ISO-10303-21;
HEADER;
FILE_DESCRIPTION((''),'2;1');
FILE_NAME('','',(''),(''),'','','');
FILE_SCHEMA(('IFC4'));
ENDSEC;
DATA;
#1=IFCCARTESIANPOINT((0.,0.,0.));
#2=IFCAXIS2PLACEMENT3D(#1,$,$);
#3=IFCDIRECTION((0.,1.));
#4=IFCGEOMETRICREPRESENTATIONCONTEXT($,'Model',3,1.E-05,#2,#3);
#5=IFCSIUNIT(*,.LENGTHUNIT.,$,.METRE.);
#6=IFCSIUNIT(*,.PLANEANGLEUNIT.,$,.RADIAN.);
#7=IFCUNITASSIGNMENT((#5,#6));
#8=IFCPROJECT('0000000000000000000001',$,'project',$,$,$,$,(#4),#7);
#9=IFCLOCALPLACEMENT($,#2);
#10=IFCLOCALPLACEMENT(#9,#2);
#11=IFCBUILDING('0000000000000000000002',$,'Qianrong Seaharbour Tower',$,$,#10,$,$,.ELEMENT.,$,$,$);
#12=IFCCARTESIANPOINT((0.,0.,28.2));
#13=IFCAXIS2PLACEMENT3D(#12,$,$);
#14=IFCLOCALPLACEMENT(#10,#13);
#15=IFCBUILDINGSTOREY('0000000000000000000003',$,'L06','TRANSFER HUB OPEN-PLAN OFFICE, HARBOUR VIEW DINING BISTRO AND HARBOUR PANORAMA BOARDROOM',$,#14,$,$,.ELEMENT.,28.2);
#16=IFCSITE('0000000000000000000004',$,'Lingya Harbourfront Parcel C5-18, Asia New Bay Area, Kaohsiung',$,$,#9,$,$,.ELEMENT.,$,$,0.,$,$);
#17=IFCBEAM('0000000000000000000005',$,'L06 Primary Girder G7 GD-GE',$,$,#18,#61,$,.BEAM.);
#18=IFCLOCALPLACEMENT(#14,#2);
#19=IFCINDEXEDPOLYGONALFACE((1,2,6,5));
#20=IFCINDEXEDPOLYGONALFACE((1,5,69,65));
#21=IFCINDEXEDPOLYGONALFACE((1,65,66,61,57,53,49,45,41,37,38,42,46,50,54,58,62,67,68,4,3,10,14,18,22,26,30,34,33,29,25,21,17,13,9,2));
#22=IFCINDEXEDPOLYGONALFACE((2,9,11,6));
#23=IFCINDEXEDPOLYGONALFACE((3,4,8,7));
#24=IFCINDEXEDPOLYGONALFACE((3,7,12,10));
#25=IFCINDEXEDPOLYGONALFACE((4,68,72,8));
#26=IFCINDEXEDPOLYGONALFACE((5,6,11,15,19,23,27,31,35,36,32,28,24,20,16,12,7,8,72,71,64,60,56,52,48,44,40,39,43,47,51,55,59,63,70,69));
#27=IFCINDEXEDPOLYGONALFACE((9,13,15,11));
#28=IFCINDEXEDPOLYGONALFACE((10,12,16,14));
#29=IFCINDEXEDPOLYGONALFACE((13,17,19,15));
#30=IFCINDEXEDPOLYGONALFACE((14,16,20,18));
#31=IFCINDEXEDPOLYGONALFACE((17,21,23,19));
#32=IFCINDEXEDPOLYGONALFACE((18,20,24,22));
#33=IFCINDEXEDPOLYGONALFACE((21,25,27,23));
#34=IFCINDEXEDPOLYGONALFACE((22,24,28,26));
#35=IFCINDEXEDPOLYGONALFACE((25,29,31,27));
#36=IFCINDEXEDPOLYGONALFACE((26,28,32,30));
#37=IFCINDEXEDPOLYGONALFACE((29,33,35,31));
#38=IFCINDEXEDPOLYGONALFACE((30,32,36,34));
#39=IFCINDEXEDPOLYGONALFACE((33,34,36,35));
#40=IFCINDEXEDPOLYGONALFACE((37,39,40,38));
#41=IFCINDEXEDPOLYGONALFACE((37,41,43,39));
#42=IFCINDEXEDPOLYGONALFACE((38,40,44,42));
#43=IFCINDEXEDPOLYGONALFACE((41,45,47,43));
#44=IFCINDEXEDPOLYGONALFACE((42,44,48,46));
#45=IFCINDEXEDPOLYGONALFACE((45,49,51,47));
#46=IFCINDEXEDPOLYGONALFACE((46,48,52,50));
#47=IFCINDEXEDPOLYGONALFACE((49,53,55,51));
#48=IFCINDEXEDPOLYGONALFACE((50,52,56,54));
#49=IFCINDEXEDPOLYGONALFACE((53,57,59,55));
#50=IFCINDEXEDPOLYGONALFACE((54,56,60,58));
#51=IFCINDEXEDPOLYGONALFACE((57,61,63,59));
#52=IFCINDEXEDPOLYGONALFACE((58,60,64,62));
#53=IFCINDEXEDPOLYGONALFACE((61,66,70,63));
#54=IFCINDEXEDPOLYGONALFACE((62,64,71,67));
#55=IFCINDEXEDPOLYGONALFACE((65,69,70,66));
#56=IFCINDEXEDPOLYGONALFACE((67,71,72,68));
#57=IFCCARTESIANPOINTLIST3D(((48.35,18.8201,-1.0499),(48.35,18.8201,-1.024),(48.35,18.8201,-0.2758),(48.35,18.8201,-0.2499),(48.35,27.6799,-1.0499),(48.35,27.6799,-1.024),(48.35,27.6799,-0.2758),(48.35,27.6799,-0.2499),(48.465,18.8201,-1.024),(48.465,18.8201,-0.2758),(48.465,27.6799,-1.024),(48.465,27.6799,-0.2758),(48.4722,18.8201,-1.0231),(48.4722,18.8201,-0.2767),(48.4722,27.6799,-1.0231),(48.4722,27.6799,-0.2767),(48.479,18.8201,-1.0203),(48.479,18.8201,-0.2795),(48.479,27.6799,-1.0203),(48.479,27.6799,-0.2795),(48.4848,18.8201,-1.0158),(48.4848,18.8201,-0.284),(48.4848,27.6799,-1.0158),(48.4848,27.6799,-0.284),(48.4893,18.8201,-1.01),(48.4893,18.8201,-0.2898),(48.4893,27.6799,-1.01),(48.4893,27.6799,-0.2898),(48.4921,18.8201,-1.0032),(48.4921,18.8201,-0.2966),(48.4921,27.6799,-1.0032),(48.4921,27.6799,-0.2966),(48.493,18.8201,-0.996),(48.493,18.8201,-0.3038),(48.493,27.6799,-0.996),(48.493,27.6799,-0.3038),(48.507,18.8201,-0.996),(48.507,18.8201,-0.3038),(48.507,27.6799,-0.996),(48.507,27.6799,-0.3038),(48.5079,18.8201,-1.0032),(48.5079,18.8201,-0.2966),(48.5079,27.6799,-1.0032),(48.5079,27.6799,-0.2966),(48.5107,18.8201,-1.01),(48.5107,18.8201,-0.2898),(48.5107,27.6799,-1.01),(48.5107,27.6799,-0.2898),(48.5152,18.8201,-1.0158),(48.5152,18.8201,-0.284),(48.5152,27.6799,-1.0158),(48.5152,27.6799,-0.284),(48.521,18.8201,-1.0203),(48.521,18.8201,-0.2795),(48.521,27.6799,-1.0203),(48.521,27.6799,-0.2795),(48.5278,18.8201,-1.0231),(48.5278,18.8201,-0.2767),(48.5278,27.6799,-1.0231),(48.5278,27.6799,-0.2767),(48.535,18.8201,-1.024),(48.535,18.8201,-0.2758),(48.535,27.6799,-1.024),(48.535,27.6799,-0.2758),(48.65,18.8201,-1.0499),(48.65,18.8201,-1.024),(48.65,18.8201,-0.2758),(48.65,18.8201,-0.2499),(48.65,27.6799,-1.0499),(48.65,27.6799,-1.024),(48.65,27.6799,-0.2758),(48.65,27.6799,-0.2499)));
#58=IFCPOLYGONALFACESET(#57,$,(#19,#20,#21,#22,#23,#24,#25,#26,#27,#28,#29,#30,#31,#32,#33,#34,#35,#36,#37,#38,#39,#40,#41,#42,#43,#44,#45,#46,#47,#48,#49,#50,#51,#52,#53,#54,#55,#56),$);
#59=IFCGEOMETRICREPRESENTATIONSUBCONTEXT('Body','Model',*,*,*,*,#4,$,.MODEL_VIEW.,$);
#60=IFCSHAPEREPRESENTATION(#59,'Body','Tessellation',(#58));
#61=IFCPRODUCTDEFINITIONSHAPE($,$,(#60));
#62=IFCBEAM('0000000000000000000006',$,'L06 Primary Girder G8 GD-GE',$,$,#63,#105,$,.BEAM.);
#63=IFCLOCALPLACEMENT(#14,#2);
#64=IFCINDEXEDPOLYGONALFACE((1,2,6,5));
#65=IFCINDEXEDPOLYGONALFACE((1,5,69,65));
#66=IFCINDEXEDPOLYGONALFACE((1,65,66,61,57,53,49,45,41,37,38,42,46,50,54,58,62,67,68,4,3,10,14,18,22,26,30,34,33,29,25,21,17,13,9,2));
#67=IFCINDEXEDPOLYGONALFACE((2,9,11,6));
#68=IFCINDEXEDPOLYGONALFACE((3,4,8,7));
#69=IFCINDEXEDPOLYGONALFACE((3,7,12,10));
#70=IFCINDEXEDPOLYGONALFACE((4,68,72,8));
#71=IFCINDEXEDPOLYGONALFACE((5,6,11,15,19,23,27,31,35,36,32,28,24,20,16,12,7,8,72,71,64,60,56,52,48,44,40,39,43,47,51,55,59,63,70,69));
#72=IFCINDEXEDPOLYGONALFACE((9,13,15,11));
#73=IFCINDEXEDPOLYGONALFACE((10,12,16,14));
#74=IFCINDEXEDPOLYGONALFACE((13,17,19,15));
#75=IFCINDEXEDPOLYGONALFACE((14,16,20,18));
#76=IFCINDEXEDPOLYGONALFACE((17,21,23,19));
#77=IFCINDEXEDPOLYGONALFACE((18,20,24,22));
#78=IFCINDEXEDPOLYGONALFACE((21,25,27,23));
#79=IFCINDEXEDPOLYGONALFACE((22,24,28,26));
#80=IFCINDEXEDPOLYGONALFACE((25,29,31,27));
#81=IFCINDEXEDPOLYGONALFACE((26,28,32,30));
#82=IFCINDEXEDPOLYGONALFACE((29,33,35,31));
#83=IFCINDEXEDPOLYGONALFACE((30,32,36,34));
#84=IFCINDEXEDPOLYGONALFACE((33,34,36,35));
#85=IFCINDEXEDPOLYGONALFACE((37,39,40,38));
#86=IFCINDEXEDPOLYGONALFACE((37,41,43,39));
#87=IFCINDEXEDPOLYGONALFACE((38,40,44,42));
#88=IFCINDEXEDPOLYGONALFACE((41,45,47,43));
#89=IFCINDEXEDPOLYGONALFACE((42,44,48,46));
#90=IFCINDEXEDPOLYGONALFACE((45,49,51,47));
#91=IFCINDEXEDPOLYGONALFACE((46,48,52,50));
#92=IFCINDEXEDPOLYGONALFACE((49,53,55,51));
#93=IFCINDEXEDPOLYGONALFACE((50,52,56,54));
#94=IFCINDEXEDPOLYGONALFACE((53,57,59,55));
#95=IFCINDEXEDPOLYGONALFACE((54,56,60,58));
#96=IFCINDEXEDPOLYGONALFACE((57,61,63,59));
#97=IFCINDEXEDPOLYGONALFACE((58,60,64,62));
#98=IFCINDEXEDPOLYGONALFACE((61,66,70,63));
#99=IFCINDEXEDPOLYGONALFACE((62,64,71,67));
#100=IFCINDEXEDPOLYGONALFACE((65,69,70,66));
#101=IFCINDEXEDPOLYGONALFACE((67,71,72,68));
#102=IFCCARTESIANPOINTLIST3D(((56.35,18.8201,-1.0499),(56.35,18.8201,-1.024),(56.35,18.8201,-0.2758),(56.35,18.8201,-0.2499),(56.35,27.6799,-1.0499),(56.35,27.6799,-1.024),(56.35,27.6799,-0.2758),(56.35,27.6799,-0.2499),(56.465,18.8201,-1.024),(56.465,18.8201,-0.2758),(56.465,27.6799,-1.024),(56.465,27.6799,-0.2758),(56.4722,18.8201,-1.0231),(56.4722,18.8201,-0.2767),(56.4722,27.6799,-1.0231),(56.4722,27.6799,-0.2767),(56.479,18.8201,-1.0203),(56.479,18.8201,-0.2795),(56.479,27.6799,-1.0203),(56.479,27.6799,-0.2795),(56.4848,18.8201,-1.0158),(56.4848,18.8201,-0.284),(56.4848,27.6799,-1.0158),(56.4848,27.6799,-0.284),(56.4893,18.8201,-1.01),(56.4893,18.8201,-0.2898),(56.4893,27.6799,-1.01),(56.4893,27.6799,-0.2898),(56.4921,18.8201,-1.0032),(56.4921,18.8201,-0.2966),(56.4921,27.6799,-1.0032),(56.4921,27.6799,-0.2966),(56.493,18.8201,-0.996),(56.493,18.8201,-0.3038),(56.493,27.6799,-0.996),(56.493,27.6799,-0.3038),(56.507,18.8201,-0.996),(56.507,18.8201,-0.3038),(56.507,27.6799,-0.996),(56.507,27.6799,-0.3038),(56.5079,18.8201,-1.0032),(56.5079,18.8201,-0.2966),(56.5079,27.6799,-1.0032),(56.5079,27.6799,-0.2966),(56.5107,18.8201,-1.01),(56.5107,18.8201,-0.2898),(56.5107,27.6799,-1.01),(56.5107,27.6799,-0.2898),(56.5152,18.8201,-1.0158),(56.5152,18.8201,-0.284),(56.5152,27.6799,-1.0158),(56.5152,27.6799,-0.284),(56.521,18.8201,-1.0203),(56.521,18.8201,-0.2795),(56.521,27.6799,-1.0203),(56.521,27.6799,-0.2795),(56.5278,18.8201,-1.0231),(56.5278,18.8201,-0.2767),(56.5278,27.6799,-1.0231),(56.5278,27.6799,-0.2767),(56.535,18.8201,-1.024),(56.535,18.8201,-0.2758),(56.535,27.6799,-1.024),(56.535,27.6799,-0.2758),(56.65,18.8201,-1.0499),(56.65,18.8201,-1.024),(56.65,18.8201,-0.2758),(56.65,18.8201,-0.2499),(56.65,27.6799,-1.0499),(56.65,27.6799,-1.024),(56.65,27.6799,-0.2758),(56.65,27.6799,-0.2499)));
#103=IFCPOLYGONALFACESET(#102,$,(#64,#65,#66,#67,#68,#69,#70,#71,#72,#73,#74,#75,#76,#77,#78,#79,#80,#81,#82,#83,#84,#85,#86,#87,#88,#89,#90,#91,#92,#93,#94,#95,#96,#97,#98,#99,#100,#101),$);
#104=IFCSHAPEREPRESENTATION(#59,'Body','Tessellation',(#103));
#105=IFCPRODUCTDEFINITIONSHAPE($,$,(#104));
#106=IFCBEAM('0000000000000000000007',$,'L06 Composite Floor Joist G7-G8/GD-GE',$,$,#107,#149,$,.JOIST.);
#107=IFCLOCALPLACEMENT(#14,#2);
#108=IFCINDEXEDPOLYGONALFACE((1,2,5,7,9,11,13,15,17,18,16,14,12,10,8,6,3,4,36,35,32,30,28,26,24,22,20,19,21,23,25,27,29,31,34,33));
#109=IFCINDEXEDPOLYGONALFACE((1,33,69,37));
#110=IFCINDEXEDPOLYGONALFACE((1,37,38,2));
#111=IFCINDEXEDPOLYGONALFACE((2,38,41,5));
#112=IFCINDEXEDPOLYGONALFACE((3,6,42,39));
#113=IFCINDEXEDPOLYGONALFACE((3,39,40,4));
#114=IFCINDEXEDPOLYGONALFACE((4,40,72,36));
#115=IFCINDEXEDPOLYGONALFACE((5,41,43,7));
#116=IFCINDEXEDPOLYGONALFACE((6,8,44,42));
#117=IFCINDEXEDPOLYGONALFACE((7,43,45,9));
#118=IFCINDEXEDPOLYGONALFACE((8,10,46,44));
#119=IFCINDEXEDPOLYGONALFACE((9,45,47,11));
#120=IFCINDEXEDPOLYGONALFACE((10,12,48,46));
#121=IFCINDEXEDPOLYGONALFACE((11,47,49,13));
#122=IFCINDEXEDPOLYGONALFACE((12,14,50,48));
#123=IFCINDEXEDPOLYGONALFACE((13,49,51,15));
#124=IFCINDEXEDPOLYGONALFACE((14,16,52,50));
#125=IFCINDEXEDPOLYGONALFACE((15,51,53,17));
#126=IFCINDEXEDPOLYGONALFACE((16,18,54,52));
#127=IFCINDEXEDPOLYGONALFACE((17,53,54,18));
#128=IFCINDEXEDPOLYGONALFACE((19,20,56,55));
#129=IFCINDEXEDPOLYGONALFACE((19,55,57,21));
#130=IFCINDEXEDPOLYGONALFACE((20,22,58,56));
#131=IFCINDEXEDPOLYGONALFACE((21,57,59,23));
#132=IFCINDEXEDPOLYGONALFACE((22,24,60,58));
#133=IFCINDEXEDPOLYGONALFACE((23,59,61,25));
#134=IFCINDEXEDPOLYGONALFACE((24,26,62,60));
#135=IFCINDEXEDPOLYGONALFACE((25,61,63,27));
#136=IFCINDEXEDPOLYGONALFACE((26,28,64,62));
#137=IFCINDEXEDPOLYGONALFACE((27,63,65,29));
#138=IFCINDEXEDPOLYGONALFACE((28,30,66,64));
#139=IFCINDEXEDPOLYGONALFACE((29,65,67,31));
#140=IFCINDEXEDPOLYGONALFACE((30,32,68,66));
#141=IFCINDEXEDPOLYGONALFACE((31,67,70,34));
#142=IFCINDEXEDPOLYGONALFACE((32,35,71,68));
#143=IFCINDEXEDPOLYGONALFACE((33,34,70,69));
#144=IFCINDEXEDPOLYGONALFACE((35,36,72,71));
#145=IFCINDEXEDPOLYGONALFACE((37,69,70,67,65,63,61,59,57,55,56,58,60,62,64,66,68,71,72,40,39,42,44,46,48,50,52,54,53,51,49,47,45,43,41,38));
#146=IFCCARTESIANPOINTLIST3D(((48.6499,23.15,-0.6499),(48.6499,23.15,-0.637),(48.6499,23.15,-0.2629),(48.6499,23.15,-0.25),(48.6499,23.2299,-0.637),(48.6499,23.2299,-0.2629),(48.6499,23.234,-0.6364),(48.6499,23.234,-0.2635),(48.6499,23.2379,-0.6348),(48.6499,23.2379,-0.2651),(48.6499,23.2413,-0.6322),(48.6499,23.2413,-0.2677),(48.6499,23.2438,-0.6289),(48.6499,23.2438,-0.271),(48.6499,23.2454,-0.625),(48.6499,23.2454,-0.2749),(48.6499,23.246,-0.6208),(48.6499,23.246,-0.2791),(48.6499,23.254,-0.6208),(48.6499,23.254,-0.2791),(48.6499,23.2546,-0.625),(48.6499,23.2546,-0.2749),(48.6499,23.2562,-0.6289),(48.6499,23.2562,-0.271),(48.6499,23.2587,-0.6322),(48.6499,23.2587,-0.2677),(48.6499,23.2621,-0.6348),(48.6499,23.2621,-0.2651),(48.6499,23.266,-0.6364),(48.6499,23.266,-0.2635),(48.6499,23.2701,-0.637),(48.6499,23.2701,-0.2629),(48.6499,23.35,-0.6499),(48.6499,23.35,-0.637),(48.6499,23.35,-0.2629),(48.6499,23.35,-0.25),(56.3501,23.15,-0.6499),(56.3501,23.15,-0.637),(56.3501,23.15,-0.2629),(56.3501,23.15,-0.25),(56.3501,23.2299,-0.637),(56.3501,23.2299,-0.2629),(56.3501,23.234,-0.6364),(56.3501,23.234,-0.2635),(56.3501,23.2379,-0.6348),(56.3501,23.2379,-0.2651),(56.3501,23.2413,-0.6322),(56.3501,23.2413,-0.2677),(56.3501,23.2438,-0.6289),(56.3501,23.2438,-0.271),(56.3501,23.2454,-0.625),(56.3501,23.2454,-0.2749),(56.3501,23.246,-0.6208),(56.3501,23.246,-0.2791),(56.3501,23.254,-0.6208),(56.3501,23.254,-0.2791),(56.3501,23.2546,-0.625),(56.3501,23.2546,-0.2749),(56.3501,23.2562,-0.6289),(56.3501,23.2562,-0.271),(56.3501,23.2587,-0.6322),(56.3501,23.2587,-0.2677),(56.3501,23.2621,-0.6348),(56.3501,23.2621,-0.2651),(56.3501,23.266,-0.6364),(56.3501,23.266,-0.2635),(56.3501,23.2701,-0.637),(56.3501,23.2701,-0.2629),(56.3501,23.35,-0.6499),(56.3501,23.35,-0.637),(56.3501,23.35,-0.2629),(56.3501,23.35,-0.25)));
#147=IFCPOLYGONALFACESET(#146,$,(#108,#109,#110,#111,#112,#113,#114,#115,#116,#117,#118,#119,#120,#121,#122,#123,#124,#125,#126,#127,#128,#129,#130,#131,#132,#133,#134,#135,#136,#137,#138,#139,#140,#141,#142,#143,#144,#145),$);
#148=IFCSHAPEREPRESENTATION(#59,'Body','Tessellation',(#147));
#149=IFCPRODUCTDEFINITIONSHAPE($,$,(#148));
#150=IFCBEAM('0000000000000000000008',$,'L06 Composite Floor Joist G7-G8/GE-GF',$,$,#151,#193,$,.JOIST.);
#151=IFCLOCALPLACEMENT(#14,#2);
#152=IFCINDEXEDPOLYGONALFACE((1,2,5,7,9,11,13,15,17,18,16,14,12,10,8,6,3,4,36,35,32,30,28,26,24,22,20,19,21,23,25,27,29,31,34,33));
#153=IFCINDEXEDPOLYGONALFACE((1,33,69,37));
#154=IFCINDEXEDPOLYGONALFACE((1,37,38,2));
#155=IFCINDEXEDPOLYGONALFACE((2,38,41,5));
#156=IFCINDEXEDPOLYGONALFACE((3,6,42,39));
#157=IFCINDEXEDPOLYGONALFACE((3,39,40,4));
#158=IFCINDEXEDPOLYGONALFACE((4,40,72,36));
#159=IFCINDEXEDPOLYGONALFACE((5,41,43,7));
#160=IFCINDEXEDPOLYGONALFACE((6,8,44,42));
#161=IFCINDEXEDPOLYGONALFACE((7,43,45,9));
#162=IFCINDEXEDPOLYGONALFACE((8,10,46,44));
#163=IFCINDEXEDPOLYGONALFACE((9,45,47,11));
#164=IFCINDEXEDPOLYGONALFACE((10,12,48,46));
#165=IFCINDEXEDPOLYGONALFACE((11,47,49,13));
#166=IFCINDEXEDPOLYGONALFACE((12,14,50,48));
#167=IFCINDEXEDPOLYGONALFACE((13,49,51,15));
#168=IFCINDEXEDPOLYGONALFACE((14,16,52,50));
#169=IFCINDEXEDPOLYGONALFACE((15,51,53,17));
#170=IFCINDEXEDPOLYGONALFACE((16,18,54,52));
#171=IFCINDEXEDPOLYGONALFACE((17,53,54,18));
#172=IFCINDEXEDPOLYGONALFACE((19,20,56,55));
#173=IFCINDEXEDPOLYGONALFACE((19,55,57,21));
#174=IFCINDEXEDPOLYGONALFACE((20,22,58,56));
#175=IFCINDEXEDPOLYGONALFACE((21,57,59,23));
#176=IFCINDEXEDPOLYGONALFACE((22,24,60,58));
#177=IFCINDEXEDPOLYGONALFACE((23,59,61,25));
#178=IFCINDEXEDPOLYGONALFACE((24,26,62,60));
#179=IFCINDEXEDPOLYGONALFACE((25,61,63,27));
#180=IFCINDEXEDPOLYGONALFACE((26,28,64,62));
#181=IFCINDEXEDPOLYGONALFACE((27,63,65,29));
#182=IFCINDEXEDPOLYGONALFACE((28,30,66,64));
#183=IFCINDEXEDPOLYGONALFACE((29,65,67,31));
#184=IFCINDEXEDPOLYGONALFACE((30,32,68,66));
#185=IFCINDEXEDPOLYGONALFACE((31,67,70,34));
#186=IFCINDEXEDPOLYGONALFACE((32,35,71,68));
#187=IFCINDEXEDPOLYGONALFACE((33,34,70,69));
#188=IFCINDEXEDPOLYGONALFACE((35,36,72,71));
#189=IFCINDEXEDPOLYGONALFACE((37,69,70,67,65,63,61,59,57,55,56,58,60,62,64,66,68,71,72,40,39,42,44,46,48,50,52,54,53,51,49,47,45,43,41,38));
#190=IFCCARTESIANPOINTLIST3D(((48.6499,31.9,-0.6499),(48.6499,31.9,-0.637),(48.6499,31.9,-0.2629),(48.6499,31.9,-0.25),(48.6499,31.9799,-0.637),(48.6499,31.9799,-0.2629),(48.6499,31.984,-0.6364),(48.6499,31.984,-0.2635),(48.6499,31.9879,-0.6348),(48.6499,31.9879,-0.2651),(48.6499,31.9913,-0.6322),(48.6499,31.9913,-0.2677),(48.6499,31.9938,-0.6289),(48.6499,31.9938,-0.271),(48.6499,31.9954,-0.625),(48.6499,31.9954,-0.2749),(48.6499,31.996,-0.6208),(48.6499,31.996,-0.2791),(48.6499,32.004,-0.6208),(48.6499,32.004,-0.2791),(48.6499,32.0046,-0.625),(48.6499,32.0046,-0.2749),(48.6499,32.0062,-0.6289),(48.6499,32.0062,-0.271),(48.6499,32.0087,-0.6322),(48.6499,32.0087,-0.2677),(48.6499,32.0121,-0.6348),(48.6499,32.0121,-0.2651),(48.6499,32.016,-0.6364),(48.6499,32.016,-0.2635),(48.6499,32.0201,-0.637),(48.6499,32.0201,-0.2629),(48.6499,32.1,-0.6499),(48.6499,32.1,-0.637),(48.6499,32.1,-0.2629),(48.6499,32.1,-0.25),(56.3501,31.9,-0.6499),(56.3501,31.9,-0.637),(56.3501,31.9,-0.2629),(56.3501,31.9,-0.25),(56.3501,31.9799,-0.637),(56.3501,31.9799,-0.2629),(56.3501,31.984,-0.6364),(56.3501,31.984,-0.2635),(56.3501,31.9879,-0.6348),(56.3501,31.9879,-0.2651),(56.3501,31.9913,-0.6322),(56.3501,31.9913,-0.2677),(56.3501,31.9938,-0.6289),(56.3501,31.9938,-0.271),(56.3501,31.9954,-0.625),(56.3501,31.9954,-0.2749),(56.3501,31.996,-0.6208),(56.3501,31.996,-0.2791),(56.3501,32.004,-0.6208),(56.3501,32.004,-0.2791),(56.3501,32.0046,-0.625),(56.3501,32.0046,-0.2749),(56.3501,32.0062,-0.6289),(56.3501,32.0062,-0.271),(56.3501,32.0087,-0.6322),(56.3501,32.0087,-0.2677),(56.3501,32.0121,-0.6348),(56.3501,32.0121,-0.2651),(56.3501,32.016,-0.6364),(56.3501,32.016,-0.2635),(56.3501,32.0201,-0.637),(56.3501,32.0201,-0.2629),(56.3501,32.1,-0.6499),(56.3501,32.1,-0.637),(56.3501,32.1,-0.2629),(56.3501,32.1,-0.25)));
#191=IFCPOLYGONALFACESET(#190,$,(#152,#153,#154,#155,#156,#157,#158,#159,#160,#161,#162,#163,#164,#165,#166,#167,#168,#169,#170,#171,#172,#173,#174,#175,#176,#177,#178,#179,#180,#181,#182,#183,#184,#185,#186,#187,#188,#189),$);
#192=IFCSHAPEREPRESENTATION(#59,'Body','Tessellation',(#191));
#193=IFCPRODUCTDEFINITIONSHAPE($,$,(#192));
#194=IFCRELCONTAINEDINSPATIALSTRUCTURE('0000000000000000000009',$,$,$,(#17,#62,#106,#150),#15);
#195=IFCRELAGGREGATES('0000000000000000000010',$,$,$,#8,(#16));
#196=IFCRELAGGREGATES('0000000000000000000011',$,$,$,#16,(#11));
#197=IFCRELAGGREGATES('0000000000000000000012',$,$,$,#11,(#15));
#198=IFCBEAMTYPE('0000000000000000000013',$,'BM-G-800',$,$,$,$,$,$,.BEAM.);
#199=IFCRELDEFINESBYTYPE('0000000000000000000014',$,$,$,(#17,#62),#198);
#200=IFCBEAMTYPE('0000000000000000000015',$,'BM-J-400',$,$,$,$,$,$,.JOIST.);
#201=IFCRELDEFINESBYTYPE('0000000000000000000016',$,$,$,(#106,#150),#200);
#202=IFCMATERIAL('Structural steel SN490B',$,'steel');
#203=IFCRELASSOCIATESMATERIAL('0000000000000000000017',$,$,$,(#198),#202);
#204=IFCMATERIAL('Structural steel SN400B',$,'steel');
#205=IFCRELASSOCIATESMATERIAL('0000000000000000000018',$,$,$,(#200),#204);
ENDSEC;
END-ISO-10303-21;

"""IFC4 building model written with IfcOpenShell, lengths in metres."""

from ifc_helpers import new_model, si_unit, direction, frame, origin, origin_2d, place, context, subcontext, project, spatial, i_section, extrude, material, material_profile, profile_set, type_object, element, save


model = new_model("IFC4")

# Units and contexts
model_context = context("Model", 3, precision=1e-05, world=origin(), true_north=direction((0.0, 1.0)))
body_context = subcontext(model_context, "Body", "Model", "MODEL_VIEW")
ifc_project = project(units=[si_unit("LENGTHUNIT", "METRE"), si_unit("PLANEANGLEUNIT", "RADIAN")], contexts=[model_context])

# Site, building, storey
site_placement = place(None, origin())
site = spatial("IfcSite", under=ifc_project, at=site_placement, Name="Lingya Harbourfront Parcel C5-18, Asia New Bay Area, Kaohsiung", CompositionType="ELEMENT", RefElevation=0.0)
building_placement = place(site_placement, origin())
building = spatial("IfcBuilding", under=site, at=building_placement, Name="Qianrong Seaharbour Tower", CompositionType="ELEMENT")
storey_placement = place(building_placement, frame((0.0, 0.0, 28.2)))
storey = spatial("IfcBuildingStorey", under=building, at=storey_placement, Name="L06", Description="TRANSFER HUB OPEN-PLAN OFFICE, HARBOUR VIEW DINING BISTRO AND HARBOUR PANORAMA BOARDROOM", CompositionType="ELEMENT", Elevation=28.2)

# Shared definitions
ifc_material_1 = material(Name="Structural steel SN490B", Category="steel")

# Beams
ifc_material_profile_1 = material_profile(ifc_material_1, i_section(OverallWidth=0.3, OverallDepth=0.8, WebThickness=0.0139, FlangeThickness=0.0259, FilletRadius=0.0281, at=origin_2d()), Name="H800x300x14x26")
ifc_profile_set_1 = profile_set([ifc_material_profile_1], Name="Structural steel SN490B")
beam_type_1 = type_object("IfcBeamType", Name="BM-G-800", PredefinedType="BEAM", material=ifc_profile_set_1)
for number, where, z_axis, x_axis, name in (
    (1, (48.5, 18.8201, -0.6499), (0.0, 1.0, 0.0), (-1.0, 0.0, 0.0), "L06 Primary Girder G7 GD-GE"),
    (2, (56.5, 18.8201, -0.6499), (0.0, 1.0, 0.0), (-1.0, 0.0, 0.0), "L06 Primary Girder G8 GD-GE"),
):
    element("IfcBeam", number, at=place(storey_placement, frame(where, z_axis=z_axis, x_axis=x_axis)), inside=storey, type_object=beam_type_1, Name=name, PredefinedType="BEAM", context=body_context, shape_type="SweptSolid", body=[
        extrude(i_section(OverallWidth=0.3, OverallDepth=0.8, WebThickness=0.0139, FlangeThickness=0.0259, FilletRadius=0.0281, at=origin_2d()), origin(), (0.0, 0.0, 1.0), 8.8599),
    ])
ifc_material_2 = material(Name="Structural steel SN400B", Category="steel")
ifc_material_profile_2 = material_profile(ifc_material_2, i_section(OverallWidth=0.2, OverallDepth=0.3999, WebThickness=0.0081, FlangeThickness=0.0129, FilletRadius=0.0161, at=origin_2d()), Name="H400x200x8x13")
ifc_profile_set_2 = profile_set([ifc_material_profile_2], Name="Structural steel SN400B")
beam_type_2 = type_object("IfcBeamType", Name="BM-J-400", PredefinedType="JOIST", material=ifc_profile_set_2)
for number, where, z_axis, x_axis, name in (
    (3, (48.6499, 23.25, -0.45), (1.0, 0.0, 0.0), (0.0, 1.0, 0.0), "L06 Composite Floor Joist G7-G8/GD-GE"),
    (4, (48.6499, 32.0, -0.45), (1.0, 0.0, 0.0), (0.0, 1.0, 0.0), "L06 Composite Floor Joist G7-G8/GE-GF"),
):
    element("IfcBeam", number, at=place(storey_placement, frame(where, z_axis=z_axis, x_axis=x_axis)), inside=storey, type_object=beam_type_2, Name=name, PredefinedType="JOIST", context=body_context, shape_type="SweptSolid", body=[
        extrude(i_section(OverallWidth=0.2, OverallDepth=0.3999, WebThickness=0.0081, FlangeThickness=0.0129, FilletRadius=0.0161, at=origin_2d()), origin(), (0.0, 0.0, 1.0), 7.7002),
    ])

save(model, "model.ifc")
